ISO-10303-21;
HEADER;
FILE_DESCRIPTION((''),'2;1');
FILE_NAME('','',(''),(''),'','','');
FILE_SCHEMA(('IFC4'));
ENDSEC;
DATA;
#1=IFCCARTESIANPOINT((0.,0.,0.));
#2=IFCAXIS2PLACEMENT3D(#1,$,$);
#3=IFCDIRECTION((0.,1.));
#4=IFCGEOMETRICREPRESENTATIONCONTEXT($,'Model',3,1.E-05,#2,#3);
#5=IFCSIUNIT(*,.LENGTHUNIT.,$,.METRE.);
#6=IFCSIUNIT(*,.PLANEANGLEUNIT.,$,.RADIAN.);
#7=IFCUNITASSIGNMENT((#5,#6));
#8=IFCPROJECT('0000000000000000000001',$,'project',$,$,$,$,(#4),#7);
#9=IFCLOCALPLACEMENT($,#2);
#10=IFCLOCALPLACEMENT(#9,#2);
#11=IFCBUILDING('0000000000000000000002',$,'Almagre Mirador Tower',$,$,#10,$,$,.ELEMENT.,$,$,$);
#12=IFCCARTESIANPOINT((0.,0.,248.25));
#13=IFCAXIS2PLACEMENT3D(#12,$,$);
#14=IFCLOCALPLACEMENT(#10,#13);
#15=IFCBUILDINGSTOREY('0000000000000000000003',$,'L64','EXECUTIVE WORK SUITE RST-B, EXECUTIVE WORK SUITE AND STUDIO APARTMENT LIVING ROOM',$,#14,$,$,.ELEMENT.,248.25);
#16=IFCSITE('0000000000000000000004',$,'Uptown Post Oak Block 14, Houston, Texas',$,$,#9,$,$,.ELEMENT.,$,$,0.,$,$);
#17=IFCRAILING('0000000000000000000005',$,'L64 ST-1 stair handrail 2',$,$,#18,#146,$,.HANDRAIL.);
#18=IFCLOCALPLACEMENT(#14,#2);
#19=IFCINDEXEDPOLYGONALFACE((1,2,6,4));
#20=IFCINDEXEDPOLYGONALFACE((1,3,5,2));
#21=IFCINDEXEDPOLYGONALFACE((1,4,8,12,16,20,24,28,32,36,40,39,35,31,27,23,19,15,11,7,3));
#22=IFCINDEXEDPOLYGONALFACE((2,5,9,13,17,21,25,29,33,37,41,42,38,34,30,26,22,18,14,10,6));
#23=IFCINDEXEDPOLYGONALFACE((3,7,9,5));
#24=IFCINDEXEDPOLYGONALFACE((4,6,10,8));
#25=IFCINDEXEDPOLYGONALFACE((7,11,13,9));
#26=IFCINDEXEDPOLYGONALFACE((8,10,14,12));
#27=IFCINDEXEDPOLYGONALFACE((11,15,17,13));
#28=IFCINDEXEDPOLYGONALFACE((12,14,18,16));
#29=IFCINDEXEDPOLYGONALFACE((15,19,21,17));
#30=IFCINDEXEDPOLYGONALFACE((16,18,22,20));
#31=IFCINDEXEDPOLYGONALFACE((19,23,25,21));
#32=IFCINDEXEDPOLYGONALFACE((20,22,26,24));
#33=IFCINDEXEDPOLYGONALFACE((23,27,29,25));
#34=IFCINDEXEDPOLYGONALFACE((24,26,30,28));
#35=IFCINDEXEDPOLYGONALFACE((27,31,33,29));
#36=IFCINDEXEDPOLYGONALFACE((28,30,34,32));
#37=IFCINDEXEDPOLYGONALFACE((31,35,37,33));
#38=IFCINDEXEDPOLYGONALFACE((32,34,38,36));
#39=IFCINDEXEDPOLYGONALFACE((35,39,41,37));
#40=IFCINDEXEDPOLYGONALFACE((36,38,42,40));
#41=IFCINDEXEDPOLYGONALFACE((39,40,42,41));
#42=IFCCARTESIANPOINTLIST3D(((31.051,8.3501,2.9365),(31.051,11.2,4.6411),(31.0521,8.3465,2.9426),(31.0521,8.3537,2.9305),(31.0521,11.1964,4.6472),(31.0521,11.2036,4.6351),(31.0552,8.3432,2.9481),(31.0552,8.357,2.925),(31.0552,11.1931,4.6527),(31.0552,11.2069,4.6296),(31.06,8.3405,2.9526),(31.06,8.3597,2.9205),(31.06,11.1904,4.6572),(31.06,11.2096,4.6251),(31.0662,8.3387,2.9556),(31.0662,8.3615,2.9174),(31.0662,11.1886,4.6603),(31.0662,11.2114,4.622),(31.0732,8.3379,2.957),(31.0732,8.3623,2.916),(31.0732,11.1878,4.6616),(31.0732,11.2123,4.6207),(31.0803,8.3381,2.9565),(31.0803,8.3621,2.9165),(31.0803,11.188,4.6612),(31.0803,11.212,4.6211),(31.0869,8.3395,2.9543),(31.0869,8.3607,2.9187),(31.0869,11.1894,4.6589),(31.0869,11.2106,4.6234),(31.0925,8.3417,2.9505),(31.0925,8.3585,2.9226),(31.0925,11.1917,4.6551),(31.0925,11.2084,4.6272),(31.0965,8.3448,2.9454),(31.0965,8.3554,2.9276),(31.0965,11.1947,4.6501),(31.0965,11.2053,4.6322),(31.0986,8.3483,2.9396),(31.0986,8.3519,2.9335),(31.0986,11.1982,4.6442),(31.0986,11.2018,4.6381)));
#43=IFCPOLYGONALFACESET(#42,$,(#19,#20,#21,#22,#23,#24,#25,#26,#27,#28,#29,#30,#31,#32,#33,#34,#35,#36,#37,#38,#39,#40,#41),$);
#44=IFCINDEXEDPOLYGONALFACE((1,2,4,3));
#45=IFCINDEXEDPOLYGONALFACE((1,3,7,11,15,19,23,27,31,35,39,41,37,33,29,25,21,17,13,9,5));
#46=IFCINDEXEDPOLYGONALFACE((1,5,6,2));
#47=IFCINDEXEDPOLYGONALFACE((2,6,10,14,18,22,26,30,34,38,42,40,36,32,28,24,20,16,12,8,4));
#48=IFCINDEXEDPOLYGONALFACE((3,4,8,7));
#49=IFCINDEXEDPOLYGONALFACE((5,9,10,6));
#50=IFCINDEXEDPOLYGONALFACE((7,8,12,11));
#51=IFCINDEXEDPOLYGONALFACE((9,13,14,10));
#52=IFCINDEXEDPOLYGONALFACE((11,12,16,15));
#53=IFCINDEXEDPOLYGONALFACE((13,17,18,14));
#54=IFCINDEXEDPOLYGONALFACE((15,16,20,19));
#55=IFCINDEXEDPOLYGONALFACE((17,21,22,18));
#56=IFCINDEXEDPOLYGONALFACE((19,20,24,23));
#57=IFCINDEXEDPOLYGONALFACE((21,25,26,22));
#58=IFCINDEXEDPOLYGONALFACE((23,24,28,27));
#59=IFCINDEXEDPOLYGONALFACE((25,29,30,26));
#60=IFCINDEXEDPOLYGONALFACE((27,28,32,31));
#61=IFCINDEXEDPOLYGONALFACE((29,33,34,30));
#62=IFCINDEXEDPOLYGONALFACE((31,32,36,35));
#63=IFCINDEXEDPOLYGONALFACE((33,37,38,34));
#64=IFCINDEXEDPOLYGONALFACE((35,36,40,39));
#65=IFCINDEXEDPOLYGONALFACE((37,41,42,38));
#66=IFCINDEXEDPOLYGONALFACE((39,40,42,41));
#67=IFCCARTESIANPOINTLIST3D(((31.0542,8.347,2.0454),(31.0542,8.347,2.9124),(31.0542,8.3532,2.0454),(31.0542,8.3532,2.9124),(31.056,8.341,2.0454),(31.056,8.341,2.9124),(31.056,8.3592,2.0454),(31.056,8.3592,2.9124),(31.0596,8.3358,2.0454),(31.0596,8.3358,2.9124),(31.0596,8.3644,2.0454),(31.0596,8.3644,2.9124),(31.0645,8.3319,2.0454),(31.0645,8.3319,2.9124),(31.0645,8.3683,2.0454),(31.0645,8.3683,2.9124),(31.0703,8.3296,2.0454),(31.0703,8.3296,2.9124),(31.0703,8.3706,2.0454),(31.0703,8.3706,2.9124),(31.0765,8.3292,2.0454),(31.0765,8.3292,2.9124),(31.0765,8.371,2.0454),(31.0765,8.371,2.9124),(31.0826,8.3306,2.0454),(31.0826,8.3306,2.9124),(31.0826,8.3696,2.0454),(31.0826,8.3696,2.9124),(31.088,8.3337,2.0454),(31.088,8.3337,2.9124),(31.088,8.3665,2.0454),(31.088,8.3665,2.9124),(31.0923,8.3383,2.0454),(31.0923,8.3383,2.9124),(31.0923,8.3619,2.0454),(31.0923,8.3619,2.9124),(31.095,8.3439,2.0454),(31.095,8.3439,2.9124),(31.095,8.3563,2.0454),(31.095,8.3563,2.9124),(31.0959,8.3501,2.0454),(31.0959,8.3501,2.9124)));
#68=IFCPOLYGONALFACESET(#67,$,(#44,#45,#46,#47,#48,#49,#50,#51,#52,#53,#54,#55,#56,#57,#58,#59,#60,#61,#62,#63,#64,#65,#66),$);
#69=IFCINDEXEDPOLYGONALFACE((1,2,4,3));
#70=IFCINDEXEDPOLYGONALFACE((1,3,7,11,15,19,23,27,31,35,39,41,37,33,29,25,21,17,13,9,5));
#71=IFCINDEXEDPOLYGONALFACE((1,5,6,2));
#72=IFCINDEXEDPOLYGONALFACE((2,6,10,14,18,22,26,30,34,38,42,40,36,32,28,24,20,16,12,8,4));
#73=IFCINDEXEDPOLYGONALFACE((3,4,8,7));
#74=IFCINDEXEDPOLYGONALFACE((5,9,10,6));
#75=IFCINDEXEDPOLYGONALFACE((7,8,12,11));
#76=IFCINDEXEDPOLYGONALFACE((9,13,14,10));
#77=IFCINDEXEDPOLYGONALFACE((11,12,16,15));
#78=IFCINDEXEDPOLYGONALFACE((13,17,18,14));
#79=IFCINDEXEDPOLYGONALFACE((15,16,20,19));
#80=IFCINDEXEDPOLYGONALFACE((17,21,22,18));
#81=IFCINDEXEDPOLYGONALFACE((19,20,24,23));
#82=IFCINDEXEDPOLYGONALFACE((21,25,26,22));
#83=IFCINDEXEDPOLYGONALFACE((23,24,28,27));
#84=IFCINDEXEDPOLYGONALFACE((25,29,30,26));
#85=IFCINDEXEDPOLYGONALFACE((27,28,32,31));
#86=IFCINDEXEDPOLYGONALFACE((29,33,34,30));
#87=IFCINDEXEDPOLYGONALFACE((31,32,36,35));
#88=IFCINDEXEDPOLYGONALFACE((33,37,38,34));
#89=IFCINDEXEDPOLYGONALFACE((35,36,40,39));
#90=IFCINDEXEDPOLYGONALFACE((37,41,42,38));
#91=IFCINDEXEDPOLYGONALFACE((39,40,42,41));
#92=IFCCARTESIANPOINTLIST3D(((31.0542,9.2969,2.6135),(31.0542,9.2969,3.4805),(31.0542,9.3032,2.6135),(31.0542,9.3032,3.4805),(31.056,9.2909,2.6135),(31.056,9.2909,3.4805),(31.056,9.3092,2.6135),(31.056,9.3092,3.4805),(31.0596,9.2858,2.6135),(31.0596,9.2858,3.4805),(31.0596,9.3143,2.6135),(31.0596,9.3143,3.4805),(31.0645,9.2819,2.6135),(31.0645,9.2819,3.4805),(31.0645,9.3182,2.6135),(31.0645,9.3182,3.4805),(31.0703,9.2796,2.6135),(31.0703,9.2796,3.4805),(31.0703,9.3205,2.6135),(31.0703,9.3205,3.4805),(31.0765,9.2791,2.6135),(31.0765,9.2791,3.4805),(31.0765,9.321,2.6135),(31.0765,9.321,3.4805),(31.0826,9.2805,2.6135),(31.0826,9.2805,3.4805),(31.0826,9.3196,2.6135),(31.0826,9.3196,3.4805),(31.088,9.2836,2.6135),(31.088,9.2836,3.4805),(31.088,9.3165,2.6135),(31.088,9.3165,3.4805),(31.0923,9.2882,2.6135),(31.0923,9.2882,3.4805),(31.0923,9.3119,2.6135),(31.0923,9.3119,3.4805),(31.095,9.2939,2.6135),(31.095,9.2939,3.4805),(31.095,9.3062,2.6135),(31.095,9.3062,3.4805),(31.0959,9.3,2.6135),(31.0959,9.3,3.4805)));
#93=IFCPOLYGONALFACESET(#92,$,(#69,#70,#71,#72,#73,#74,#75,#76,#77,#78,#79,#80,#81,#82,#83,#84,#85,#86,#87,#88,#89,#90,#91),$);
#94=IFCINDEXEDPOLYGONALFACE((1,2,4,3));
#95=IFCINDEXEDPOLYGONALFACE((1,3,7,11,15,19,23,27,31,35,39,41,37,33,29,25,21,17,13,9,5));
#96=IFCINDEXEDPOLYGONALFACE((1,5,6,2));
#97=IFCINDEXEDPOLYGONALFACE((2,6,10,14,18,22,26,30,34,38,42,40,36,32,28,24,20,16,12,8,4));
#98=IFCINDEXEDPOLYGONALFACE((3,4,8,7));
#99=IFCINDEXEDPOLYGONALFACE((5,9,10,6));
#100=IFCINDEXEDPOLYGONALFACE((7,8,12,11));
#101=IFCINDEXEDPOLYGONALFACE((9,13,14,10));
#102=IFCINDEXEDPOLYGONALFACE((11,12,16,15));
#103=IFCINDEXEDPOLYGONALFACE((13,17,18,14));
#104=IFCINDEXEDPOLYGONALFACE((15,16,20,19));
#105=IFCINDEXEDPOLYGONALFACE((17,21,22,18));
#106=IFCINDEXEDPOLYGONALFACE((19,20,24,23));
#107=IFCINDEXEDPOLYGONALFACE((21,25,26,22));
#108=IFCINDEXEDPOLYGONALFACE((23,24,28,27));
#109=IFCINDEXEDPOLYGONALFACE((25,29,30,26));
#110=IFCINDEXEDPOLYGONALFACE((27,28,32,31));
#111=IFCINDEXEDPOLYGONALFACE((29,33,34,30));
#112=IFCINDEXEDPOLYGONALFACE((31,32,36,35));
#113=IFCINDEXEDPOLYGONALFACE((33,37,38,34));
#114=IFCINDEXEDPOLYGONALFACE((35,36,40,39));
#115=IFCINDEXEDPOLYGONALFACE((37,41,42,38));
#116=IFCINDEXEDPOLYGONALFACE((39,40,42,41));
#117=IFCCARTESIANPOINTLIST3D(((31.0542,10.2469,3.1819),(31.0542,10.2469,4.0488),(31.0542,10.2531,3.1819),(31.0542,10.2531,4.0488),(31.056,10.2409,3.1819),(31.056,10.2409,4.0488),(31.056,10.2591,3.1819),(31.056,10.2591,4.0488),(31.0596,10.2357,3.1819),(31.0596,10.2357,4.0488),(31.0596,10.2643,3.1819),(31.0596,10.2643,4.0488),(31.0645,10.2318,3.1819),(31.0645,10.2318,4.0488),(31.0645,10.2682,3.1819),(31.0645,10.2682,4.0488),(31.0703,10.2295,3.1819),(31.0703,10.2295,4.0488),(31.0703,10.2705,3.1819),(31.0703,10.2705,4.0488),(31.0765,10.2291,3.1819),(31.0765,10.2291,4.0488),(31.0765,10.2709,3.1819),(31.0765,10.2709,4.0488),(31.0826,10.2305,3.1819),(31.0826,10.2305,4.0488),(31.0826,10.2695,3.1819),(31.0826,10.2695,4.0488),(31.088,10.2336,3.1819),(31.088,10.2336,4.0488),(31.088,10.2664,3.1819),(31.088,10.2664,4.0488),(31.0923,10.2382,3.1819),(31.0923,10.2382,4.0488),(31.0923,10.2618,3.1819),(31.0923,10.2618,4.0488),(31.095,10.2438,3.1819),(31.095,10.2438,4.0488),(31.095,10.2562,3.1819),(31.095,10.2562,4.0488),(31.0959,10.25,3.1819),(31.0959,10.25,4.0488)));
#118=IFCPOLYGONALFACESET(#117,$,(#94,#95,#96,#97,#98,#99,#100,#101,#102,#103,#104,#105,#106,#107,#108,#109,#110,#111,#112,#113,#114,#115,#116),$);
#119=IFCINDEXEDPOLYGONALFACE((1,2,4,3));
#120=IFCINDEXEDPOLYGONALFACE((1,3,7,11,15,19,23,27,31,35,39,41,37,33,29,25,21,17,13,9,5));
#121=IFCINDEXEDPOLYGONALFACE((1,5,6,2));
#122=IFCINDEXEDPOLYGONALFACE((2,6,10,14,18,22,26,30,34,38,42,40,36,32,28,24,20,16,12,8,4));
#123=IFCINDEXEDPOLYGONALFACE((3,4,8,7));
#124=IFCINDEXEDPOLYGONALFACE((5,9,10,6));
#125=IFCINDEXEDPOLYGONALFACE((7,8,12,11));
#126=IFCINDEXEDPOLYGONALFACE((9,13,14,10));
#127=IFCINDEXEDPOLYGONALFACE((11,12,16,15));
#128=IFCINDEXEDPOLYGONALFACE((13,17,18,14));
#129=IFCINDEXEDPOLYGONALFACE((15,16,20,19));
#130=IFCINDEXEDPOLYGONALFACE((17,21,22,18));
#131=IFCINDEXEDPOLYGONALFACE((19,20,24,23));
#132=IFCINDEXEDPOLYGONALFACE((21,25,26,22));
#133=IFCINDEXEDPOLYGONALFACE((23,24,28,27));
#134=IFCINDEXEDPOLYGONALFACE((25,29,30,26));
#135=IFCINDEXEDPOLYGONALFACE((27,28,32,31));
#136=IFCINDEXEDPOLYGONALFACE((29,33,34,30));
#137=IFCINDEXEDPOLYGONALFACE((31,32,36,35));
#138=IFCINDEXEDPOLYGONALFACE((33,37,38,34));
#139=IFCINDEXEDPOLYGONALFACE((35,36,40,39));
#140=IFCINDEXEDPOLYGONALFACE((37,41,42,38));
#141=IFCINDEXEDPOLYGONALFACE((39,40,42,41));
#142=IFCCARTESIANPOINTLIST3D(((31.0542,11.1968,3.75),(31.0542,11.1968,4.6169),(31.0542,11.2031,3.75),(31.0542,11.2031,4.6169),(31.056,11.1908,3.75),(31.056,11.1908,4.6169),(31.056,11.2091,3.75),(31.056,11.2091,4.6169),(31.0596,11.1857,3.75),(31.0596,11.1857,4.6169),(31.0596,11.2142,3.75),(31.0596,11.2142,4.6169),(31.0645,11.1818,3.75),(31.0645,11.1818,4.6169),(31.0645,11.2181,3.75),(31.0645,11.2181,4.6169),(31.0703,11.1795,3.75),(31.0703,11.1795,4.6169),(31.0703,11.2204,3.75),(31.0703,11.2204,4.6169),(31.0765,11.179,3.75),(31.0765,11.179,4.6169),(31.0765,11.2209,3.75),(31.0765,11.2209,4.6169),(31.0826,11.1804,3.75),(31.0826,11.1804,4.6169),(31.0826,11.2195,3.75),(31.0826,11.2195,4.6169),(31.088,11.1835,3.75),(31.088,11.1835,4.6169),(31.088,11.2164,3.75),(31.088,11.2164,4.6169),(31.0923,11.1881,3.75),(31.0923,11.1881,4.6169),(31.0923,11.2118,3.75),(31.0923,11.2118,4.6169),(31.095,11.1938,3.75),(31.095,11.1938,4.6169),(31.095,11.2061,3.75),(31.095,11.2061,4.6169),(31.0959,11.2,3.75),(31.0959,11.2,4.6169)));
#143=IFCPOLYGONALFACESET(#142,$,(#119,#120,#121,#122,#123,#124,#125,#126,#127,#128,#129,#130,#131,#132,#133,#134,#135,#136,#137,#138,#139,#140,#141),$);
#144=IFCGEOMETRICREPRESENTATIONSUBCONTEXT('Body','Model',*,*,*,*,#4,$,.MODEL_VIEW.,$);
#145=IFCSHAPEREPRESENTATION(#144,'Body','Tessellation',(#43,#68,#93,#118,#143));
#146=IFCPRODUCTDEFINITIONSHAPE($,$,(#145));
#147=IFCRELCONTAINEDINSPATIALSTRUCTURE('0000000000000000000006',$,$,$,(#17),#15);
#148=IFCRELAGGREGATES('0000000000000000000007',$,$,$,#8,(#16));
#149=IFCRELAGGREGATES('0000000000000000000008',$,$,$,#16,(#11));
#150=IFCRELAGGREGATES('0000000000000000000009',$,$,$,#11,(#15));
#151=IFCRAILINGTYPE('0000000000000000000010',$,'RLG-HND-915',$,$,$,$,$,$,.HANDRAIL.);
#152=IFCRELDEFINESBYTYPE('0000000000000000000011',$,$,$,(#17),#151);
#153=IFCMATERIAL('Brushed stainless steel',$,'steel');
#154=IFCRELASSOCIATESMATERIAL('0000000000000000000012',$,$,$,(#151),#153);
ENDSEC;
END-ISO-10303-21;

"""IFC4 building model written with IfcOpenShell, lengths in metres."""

from ifc_helpers import new_model, si_unit, direction, frame, origin, origin_2d, place, context, subcontext, project, spatial, circle, extrude, material, type_object, element, save


model = new_model("IFC4")

# Units and contexts
model_context = context("Model", 3, precision=1e-05, world=origin(), true_north=direction((0.0, 1.0)))
body_context = subcontext(model_context, "Body", "Model", "MODEL_VIEW")
ifc_project = project(units=[si_unit("LENGTHUNIT", "METRE"), si_unit("PLANEANGLEUNIT", "RADIAN")], contexts=[model_context])

# Site, building, storey
site_placement = place(None, origin())
site = spatial("IfcSite", under=ifc_project, at=site_placement, Name="Uptown Post Oak Block 14, Houston, Texas", CompositionType="ELEMENT", RefElevation=0.0)
building_placement = place(site_placement, origin())
building = spatial("IfcBuilding", under=site, at=building_placement, Name="Almagre Mirador Tower", CompositionType="ELEMENT")
storey_placement = place(building_placement, frame((0.0, 0.0, 248.25)))
storey = spatial("IfcBuildingStorey", under=building, at=storey_placement, Name="L64", Description="EXECUTIVE WORK SUITE RST-B, EXECUTIVE WORK SUITE AND STUDIO APARTMENT LIVING ROOM", CompositionType="ELEMENT", Elevation=248.25)

# Railing
ifc_material_1 = material(Name="Brushed stainless steel", Category="steel")
railing_type_1 = type_object("IfcRailingType", Name="RLG-HND-915", PredefinedType="HANDRAIL", material=ifc_material_1)
railing_1_placement = place(storey_placement, frame((31.075, 8.3501, 2.0454)))
element("IfcRailing", 1, at=railing_1_placement, inside=storey, type_object=railing_type_1, Name="L64 ST-1 stair handrail 2", PredefinedType="HANDRAIL", context=body_context, shape_type="SweptSolid", body=[
    extrude(circle(Radius=0.0239, at=origin_2d()), frame((0.0, 0.0, 0.8911), z_axis=(0.0, 0.858199, 0.513317), x_axis=(-1.0, 0.0, 0.0)), (0.0, 0.0, 1.0), 3.3208),
    extrude(circle(Radius=0.021, at=origin_2d()), origin(), (0.0, 0.0, 1.0), 0.8669),
    extrude(circle(Radius=0.021, at=origin_2d()), frame((0.0, 0.95, 0.5681)), (0.0, 0.0, 1.0), 0.8669),
    extrude(circle(Radius=0.021, at=origin_2d()), frame((0.0, 1.8999, 1.1365)), (0.0, 0.0, 1.0), 0.8669),
    extrude(circle(Radius=0.021, at=origin_2d()), frame((0.0, 2.8499, 1.7046)), (0.0, 0.0, 1.0), 0.8669),
])

save(model, "model.ifc")
